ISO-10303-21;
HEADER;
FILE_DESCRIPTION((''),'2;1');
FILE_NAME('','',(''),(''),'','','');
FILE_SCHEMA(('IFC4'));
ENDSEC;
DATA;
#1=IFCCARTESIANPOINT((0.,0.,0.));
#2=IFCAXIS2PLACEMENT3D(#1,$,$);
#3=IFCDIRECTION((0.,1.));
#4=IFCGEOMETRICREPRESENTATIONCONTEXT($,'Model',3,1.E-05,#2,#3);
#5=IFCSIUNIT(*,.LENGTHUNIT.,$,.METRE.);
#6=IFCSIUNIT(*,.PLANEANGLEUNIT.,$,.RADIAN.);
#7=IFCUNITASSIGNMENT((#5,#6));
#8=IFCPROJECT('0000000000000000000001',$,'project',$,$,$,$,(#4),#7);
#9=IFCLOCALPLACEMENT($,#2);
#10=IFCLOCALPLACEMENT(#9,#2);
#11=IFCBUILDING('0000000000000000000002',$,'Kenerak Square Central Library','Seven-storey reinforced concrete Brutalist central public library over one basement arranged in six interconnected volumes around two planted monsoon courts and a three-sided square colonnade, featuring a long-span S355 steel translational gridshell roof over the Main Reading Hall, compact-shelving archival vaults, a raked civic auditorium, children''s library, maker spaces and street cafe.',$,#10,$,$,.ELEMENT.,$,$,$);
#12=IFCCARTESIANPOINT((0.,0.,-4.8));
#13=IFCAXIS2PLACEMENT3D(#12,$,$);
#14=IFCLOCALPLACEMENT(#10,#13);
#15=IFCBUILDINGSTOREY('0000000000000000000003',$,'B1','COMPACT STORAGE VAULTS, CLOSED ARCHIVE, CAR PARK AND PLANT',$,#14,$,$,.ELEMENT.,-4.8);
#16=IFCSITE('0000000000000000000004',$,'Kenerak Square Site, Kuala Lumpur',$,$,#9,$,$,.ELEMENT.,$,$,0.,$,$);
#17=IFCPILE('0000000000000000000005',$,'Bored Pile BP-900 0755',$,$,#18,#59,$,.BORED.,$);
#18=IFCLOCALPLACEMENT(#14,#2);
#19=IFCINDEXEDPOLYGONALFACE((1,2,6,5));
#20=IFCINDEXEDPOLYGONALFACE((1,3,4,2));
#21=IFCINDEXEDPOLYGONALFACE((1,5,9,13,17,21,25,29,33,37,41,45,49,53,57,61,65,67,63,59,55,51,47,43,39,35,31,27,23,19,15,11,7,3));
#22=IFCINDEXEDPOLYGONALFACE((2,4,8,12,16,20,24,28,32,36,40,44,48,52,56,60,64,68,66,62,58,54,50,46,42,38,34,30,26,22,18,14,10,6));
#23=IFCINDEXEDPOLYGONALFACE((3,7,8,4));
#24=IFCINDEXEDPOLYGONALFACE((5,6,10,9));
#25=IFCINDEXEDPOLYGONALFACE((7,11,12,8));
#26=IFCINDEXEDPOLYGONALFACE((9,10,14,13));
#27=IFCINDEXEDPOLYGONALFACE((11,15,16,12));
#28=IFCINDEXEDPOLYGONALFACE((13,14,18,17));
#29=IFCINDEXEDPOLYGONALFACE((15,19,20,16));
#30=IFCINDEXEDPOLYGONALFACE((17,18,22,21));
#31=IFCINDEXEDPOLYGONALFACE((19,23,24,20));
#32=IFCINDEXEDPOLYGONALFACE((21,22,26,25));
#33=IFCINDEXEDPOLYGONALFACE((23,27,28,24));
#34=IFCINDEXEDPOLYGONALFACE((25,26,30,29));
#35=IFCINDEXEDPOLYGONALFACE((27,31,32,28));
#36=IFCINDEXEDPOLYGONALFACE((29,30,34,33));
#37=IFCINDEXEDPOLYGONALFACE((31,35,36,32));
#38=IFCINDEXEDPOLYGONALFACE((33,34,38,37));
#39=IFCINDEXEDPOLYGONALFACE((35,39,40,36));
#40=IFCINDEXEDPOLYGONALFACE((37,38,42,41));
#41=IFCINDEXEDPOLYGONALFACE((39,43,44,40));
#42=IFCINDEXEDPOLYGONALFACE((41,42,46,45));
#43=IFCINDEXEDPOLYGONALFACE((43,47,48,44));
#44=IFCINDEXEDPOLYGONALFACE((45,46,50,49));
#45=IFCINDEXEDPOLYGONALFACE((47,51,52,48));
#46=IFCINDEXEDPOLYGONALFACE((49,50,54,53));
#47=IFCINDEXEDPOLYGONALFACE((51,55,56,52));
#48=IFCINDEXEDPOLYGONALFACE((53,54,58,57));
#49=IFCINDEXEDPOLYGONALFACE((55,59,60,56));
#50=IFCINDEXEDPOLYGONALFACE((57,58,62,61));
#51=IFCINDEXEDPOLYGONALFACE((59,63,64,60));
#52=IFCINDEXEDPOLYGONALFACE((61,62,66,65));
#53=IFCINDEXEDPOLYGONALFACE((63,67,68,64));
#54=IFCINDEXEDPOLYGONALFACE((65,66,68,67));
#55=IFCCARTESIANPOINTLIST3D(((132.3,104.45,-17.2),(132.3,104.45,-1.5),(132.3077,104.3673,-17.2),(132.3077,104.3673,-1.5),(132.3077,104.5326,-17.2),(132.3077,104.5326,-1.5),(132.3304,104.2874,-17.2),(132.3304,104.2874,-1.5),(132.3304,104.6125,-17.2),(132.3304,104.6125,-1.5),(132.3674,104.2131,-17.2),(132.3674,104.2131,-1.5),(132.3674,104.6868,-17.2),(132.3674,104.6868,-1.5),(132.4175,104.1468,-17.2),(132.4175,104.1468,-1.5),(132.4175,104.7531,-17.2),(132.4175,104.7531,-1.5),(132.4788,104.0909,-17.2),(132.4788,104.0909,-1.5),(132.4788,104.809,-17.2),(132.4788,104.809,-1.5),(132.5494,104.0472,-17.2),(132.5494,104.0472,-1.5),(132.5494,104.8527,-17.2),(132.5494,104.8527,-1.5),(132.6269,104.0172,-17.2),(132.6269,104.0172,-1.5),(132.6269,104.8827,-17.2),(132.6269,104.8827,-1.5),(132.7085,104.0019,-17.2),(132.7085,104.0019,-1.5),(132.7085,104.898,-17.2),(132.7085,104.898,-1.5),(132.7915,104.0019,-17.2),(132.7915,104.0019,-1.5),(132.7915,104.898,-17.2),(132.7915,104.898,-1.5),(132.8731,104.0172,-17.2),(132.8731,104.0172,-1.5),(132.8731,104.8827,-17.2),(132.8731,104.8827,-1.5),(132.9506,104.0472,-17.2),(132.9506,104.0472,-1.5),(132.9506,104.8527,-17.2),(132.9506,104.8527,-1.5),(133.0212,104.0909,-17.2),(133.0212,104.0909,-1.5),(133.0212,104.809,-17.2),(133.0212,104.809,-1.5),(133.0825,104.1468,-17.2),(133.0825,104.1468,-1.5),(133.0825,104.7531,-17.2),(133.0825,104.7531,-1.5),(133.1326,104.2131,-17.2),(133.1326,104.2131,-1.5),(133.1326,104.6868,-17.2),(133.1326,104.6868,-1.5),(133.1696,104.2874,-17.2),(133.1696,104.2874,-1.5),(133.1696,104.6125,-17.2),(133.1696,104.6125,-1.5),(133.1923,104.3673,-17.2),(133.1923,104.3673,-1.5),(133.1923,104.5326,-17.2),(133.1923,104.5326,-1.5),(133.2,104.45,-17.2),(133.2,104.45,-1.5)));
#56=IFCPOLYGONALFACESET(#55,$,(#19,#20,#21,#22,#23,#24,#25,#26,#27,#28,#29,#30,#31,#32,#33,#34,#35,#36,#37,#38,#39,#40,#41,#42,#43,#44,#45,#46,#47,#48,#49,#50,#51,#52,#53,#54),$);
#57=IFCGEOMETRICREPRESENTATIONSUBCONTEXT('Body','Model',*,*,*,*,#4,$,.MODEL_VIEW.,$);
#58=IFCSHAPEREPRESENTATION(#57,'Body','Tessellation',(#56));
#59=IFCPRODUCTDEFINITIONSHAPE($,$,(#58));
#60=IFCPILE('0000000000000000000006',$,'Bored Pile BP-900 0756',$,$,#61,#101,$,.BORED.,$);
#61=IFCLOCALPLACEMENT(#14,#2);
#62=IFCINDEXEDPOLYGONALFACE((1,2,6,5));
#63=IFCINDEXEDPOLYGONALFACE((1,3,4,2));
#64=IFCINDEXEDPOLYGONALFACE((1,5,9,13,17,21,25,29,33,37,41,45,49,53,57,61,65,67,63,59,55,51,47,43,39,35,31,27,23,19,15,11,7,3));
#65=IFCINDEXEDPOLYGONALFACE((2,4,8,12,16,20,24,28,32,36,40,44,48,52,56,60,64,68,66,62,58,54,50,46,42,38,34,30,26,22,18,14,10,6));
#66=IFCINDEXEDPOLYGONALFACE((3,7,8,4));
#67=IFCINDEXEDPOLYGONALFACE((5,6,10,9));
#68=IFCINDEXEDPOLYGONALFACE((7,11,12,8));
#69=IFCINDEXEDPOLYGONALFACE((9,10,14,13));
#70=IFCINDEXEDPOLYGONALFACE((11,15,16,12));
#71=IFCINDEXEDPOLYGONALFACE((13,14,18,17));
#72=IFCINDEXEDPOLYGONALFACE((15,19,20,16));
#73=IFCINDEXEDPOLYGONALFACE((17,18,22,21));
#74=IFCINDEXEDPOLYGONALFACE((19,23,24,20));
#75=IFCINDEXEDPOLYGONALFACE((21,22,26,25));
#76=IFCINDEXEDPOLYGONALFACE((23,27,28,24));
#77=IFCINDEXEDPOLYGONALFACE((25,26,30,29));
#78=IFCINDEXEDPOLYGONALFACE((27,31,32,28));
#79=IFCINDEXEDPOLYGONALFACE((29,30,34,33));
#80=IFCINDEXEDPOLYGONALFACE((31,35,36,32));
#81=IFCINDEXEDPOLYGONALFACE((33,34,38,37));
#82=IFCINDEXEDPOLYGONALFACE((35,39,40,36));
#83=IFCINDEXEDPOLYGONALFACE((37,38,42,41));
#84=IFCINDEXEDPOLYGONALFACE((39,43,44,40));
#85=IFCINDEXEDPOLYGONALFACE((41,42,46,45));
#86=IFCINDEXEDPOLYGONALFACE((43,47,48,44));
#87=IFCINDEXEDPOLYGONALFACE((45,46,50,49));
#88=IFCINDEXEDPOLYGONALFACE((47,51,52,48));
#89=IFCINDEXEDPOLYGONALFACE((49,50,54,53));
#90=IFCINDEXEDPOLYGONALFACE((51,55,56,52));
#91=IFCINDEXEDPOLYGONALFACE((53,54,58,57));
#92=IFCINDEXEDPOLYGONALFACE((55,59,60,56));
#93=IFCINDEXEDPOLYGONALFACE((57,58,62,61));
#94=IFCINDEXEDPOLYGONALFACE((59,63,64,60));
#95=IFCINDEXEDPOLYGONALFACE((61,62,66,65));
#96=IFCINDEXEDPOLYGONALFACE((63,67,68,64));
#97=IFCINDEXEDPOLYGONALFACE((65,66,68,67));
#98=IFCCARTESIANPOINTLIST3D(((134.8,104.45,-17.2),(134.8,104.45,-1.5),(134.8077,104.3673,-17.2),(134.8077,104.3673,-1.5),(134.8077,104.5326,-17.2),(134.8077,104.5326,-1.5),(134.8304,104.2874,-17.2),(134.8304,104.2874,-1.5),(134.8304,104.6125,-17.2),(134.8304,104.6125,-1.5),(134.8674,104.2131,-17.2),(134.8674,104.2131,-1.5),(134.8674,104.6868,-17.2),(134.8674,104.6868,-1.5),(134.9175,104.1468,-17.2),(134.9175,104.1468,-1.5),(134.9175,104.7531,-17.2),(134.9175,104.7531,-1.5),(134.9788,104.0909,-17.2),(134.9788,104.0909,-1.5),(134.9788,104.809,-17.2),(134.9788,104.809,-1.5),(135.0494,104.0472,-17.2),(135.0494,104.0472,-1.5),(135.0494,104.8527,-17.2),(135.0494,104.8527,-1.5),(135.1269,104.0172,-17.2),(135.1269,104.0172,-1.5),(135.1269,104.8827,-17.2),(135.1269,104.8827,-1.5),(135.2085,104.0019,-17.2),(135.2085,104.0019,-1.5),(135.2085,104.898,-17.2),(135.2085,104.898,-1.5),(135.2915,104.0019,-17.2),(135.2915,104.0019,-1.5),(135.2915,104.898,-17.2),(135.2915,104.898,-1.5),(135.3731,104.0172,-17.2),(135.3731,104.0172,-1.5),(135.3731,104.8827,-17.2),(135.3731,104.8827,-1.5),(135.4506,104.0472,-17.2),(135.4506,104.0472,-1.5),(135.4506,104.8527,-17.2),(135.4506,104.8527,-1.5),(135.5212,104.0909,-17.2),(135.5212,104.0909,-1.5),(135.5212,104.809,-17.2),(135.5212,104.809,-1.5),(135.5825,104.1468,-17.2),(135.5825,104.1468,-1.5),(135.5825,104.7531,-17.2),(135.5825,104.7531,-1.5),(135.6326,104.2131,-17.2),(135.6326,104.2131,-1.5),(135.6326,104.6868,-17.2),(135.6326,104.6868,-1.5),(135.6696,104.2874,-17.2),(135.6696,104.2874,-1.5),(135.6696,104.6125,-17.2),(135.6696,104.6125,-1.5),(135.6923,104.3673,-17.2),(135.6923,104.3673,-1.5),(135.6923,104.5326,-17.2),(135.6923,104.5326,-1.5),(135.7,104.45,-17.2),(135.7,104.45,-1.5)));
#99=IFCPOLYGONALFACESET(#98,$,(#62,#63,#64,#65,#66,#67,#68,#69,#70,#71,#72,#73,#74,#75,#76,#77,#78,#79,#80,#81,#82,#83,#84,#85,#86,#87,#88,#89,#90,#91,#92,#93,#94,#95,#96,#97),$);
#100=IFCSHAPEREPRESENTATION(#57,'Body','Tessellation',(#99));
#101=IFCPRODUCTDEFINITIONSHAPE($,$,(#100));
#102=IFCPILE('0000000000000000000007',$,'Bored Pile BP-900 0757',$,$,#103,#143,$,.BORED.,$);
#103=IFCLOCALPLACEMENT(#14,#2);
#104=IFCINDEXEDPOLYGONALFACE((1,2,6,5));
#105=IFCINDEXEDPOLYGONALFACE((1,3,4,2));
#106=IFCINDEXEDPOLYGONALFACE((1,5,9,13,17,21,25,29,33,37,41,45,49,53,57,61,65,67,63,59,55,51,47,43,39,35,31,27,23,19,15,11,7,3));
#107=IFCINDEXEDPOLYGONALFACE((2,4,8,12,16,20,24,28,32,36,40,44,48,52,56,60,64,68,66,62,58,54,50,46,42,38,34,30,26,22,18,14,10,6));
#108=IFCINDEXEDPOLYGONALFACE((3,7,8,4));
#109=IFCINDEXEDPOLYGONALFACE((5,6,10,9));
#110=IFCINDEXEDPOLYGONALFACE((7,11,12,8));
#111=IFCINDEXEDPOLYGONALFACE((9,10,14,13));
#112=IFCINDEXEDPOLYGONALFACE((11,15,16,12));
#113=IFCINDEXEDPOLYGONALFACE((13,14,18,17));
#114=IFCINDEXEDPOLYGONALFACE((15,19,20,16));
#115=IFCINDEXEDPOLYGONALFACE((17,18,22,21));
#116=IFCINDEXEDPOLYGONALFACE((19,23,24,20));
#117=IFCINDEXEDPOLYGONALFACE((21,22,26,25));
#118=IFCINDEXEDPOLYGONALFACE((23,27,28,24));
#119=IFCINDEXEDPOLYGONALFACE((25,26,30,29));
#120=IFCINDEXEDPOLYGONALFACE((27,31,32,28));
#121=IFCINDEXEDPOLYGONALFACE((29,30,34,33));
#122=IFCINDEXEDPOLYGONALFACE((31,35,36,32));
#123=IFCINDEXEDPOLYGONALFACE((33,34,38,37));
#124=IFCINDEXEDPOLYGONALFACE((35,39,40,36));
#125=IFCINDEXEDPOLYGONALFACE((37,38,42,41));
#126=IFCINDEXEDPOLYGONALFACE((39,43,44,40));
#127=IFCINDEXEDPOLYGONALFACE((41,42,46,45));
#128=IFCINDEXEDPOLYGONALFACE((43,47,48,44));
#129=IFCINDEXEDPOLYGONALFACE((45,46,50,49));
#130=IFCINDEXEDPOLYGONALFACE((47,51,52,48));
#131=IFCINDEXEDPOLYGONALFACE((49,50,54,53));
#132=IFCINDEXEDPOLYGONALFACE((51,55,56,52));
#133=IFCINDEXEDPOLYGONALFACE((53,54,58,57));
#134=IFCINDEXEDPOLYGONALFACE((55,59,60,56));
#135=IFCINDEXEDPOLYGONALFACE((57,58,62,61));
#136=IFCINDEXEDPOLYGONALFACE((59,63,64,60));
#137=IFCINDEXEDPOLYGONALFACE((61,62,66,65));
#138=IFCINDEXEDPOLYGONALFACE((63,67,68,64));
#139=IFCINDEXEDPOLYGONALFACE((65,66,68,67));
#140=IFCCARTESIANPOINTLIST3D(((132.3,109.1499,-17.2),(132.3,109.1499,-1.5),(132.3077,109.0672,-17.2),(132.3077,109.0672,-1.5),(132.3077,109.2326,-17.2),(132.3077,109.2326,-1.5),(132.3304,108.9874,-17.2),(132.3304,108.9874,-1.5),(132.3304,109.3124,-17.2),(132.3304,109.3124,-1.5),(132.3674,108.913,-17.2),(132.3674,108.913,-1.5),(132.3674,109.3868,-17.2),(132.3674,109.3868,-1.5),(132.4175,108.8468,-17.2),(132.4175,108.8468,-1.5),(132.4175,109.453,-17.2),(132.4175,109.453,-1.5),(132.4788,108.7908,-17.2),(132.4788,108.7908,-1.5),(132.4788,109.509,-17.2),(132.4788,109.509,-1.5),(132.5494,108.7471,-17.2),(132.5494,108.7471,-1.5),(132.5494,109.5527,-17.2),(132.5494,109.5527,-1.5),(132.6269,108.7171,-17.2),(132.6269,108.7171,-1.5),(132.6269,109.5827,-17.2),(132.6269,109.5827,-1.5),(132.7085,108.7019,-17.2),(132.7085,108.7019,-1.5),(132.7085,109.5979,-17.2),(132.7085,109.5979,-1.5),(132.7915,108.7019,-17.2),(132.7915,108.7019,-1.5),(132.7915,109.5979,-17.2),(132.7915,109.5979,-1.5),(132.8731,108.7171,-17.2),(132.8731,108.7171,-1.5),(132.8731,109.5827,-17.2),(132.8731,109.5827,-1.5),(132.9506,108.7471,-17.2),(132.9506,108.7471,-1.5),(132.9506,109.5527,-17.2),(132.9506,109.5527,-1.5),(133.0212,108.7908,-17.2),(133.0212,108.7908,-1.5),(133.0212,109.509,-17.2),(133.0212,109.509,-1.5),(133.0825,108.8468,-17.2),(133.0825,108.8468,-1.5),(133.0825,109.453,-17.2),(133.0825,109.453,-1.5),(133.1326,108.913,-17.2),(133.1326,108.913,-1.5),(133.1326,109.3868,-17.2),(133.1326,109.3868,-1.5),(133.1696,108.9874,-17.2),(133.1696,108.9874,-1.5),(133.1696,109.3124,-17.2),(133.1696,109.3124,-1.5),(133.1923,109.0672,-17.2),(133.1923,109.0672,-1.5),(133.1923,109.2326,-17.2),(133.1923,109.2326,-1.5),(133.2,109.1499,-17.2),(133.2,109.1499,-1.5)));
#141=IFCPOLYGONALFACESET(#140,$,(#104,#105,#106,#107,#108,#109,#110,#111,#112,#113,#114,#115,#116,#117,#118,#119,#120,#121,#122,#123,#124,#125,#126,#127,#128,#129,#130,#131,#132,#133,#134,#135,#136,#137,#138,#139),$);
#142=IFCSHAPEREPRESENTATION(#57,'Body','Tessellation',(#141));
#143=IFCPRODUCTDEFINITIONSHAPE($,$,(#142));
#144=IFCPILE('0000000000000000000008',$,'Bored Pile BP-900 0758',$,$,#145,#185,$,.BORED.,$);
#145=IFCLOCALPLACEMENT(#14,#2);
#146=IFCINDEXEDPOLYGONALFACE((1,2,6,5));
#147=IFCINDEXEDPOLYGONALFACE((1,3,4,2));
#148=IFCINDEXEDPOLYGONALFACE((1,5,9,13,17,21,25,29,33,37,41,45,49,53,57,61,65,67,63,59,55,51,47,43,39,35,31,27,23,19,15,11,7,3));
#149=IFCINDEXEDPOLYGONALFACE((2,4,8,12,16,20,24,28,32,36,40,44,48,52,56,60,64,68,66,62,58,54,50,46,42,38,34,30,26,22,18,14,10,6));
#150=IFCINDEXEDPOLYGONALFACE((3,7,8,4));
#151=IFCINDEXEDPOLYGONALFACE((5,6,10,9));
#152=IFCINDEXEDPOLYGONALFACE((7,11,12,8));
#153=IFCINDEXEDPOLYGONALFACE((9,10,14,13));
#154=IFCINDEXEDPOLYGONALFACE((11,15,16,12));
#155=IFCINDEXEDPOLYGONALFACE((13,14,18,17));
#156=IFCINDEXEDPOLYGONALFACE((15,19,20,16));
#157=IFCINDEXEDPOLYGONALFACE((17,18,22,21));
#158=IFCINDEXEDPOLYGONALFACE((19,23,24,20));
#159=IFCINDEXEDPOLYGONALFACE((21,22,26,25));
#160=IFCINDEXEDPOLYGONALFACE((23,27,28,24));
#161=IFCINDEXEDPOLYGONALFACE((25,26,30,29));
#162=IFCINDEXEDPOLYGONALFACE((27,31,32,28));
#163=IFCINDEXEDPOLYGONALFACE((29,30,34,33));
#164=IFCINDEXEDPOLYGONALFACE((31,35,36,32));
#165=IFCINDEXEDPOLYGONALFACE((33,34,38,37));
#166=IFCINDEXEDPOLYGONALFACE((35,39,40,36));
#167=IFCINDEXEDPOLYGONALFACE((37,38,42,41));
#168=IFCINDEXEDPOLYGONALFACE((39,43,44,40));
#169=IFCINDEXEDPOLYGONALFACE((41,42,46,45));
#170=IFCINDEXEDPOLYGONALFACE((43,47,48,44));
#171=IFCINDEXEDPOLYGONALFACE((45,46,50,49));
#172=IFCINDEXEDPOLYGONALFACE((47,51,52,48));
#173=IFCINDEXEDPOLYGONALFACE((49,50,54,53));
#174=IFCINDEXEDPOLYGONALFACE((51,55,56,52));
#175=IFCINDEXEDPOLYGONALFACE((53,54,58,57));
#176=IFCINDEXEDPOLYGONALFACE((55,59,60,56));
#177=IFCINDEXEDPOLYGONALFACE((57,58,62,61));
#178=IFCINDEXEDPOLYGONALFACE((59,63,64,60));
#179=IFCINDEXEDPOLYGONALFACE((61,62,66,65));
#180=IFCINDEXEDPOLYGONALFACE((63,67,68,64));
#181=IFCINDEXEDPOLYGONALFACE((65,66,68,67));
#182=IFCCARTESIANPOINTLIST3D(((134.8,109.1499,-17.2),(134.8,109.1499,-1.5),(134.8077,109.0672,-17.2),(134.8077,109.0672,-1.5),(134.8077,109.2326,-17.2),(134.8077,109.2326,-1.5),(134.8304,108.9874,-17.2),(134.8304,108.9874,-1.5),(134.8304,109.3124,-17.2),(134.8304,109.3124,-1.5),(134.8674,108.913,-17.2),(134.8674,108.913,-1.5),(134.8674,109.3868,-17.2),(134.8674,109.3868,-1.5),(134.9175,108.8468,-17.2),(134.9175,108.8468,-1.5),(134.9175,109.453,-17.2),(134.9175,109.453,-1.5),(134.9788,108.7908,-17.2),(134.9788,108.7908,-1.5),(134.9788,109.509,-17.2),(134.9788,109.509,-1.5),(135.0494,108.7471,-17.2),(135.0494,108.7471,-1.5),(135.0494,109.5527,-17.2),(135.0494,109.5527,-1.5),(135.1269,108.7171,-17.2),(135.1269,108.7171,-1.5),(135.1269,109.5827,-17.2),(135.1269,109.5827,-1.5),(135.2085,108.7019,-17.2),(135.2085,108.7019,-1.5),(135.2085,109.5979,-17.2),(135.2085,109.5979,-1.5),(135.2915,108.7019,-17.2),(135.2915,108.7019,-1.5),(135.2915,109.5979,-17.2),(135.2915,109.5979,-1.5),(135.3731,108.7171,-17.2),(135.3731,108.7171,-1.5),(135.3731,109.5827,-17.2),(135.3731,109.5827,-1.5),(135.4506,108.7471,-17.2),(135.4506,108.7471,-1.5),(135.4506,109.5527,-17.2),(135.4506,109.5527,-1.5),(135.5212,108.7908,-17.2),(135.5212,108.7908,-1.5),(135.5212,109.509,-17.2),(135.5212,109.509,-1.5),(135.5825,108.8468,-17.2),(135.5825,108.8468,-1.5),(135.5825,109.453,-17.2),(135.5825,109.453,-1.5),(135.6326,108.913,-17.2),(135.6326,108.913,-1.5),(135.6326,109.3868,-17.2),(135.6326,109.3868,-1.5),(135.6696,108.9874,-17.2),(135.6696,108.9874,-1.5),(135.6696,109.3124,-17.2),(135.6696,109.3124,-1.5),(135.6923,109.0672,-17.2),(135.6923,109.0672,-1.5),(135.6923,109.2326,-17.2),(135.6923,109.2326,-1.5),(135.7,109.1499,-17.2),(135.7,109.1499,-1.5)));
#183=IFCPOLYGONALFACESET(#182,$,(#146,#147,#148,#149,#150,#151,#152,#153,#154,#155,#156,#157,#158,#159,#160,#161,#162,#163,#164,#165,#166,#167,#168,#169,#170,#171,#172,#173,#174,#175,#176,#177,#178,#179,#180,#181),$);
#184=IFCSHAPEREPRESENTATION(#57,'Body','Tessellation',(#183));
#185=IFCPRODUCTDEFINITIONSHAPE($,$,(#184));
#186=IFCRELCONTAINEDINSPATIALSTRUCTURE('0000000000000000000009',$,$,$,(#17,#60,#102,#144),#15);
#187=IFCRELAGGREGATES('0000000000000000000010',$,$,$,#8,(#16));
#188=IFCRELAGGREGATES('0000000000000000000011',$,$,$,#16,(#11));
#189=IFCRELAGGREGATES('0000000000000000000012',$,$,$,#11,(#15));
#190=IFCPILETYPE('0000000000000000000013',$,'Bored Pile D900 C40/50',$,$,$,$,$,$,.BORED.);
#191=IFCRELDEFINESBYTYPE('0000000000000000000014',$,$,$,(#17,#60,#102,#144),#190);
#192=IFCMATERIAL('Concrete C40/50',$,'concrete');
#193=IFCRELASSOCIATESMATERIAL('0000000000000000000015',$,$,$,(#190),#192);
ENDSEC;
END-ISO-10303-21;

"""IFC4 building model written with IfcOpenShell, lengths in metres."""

from ifc_helpers import new_model, si_unit, direction, frame, origin, origin_2d, place, context, subcontext, project, spatial, circle, extrude, material, material_profile, profile_set, type_object, element, save


model = new_model("IFC4")

# Units and contexts
model_context = context("Model", 3, precision=1e-05, world=origin(), true_north=direction((0.0, 1.0)))
body_context = subcontext(model_context, "Body", "Model", "MODEL_VIEW")
ifc_project = project(units=[si_unit("LENGTHUNIT", "METRE"), si_unit("PLANEANGLEUNIT", "RADIAN")], contexts=[model_context])

# Site, building, storey
site_placement = place(None, origin())
site = spatial("IfcSite", under=ifc_project, at=site_placement, Name="Kenerak Square Site, Kuala Lumpur", CompositionType="ELEMENT", RefElevation=0.0)
building_placement = place(site_placement, origin())
building = spatial("IfcBuilding", under=site, at=building_placement, Name="Kenerak Square Central Library", Description="Seven-storey reinforced concrete Brutalist central public library over one basement arranged in six interconnected volumes around two planted monsoon courts and a three-sided square colonnade, featuring a long-span S355 steel translational gridshell roof over the Main Reading Hall, compact-shelving archival vaults, a raked civic auditorium, children's library, maker spaces and street cafe.", CompositionType="ELEMENT")
storey_placement = place(building_placement, frame((0.0, 0.0, -4.8)))
storey = spatial("IfcBuildingStorey", under=building, at=storey_placement, Name="B1", Description="COMPACT STORAGE VAULTS, CLOSED ARCHIVE, CAR PARK AND PLANT", CompositionType="ELEMENT", Elevation=-4.8)

# Piles
ifc_material_1 = material(Name="Concrete C40/50", Category="concrete")
ifc_material_profile_1 = material_profile(ifc_material_1, circle(Radius=0.45, at=origin_2d()), Name="BP D900")
ifc_profile_set_1 = profile_set([ifc_material_profile_1], Name="Concrete C40/50")
pile_type_1 = type_object("IfcPileType", Name="Bored Pile D900 C40/50", PredefinedType="BORED", material=ifc_profile_set_1)
for number, where, z_axis, x_axis, name in (
    (1, (132.75, 104.45, -1.5), (0.0, 0.0, -1.0), (1.0, 0.0, 0.0), "Bored Pile BP-900 0755"),
    (2, (135.25, 104.45, -1.5), (0.0, 0.0, -1.0), (1.0, 0.0, 0.0), "Bored Pile BP-900 0756"),
    (3, (132.75, 109.1499, -1.5), (0.0, 0.0, -1.0), (1.0, 0.0, 0.0), "Bored Pile BP-900 0757"),
    (4, (135.25, 109.1499, -1.5), (0.0, 0.0, -1.0), (1.0, 0.0, 0.0), "Bored Pile BP-900 0758"),
):
    element("IfcPile", number, at=place(storey_placement, frame(where, z_axis=z_axis, x_axis=x_axis)), inside=storey, type_object=pile_type_1, Name=name, PredefinedType="BORED", context=body_context, shape_type="SweptSolid", body=[
        extrude(circle(Radius=0.45, at=origin_2d()), origin(), (0.0, 0.0, 1.0), 15.7),
    ])

save(model, "model.ifc")
